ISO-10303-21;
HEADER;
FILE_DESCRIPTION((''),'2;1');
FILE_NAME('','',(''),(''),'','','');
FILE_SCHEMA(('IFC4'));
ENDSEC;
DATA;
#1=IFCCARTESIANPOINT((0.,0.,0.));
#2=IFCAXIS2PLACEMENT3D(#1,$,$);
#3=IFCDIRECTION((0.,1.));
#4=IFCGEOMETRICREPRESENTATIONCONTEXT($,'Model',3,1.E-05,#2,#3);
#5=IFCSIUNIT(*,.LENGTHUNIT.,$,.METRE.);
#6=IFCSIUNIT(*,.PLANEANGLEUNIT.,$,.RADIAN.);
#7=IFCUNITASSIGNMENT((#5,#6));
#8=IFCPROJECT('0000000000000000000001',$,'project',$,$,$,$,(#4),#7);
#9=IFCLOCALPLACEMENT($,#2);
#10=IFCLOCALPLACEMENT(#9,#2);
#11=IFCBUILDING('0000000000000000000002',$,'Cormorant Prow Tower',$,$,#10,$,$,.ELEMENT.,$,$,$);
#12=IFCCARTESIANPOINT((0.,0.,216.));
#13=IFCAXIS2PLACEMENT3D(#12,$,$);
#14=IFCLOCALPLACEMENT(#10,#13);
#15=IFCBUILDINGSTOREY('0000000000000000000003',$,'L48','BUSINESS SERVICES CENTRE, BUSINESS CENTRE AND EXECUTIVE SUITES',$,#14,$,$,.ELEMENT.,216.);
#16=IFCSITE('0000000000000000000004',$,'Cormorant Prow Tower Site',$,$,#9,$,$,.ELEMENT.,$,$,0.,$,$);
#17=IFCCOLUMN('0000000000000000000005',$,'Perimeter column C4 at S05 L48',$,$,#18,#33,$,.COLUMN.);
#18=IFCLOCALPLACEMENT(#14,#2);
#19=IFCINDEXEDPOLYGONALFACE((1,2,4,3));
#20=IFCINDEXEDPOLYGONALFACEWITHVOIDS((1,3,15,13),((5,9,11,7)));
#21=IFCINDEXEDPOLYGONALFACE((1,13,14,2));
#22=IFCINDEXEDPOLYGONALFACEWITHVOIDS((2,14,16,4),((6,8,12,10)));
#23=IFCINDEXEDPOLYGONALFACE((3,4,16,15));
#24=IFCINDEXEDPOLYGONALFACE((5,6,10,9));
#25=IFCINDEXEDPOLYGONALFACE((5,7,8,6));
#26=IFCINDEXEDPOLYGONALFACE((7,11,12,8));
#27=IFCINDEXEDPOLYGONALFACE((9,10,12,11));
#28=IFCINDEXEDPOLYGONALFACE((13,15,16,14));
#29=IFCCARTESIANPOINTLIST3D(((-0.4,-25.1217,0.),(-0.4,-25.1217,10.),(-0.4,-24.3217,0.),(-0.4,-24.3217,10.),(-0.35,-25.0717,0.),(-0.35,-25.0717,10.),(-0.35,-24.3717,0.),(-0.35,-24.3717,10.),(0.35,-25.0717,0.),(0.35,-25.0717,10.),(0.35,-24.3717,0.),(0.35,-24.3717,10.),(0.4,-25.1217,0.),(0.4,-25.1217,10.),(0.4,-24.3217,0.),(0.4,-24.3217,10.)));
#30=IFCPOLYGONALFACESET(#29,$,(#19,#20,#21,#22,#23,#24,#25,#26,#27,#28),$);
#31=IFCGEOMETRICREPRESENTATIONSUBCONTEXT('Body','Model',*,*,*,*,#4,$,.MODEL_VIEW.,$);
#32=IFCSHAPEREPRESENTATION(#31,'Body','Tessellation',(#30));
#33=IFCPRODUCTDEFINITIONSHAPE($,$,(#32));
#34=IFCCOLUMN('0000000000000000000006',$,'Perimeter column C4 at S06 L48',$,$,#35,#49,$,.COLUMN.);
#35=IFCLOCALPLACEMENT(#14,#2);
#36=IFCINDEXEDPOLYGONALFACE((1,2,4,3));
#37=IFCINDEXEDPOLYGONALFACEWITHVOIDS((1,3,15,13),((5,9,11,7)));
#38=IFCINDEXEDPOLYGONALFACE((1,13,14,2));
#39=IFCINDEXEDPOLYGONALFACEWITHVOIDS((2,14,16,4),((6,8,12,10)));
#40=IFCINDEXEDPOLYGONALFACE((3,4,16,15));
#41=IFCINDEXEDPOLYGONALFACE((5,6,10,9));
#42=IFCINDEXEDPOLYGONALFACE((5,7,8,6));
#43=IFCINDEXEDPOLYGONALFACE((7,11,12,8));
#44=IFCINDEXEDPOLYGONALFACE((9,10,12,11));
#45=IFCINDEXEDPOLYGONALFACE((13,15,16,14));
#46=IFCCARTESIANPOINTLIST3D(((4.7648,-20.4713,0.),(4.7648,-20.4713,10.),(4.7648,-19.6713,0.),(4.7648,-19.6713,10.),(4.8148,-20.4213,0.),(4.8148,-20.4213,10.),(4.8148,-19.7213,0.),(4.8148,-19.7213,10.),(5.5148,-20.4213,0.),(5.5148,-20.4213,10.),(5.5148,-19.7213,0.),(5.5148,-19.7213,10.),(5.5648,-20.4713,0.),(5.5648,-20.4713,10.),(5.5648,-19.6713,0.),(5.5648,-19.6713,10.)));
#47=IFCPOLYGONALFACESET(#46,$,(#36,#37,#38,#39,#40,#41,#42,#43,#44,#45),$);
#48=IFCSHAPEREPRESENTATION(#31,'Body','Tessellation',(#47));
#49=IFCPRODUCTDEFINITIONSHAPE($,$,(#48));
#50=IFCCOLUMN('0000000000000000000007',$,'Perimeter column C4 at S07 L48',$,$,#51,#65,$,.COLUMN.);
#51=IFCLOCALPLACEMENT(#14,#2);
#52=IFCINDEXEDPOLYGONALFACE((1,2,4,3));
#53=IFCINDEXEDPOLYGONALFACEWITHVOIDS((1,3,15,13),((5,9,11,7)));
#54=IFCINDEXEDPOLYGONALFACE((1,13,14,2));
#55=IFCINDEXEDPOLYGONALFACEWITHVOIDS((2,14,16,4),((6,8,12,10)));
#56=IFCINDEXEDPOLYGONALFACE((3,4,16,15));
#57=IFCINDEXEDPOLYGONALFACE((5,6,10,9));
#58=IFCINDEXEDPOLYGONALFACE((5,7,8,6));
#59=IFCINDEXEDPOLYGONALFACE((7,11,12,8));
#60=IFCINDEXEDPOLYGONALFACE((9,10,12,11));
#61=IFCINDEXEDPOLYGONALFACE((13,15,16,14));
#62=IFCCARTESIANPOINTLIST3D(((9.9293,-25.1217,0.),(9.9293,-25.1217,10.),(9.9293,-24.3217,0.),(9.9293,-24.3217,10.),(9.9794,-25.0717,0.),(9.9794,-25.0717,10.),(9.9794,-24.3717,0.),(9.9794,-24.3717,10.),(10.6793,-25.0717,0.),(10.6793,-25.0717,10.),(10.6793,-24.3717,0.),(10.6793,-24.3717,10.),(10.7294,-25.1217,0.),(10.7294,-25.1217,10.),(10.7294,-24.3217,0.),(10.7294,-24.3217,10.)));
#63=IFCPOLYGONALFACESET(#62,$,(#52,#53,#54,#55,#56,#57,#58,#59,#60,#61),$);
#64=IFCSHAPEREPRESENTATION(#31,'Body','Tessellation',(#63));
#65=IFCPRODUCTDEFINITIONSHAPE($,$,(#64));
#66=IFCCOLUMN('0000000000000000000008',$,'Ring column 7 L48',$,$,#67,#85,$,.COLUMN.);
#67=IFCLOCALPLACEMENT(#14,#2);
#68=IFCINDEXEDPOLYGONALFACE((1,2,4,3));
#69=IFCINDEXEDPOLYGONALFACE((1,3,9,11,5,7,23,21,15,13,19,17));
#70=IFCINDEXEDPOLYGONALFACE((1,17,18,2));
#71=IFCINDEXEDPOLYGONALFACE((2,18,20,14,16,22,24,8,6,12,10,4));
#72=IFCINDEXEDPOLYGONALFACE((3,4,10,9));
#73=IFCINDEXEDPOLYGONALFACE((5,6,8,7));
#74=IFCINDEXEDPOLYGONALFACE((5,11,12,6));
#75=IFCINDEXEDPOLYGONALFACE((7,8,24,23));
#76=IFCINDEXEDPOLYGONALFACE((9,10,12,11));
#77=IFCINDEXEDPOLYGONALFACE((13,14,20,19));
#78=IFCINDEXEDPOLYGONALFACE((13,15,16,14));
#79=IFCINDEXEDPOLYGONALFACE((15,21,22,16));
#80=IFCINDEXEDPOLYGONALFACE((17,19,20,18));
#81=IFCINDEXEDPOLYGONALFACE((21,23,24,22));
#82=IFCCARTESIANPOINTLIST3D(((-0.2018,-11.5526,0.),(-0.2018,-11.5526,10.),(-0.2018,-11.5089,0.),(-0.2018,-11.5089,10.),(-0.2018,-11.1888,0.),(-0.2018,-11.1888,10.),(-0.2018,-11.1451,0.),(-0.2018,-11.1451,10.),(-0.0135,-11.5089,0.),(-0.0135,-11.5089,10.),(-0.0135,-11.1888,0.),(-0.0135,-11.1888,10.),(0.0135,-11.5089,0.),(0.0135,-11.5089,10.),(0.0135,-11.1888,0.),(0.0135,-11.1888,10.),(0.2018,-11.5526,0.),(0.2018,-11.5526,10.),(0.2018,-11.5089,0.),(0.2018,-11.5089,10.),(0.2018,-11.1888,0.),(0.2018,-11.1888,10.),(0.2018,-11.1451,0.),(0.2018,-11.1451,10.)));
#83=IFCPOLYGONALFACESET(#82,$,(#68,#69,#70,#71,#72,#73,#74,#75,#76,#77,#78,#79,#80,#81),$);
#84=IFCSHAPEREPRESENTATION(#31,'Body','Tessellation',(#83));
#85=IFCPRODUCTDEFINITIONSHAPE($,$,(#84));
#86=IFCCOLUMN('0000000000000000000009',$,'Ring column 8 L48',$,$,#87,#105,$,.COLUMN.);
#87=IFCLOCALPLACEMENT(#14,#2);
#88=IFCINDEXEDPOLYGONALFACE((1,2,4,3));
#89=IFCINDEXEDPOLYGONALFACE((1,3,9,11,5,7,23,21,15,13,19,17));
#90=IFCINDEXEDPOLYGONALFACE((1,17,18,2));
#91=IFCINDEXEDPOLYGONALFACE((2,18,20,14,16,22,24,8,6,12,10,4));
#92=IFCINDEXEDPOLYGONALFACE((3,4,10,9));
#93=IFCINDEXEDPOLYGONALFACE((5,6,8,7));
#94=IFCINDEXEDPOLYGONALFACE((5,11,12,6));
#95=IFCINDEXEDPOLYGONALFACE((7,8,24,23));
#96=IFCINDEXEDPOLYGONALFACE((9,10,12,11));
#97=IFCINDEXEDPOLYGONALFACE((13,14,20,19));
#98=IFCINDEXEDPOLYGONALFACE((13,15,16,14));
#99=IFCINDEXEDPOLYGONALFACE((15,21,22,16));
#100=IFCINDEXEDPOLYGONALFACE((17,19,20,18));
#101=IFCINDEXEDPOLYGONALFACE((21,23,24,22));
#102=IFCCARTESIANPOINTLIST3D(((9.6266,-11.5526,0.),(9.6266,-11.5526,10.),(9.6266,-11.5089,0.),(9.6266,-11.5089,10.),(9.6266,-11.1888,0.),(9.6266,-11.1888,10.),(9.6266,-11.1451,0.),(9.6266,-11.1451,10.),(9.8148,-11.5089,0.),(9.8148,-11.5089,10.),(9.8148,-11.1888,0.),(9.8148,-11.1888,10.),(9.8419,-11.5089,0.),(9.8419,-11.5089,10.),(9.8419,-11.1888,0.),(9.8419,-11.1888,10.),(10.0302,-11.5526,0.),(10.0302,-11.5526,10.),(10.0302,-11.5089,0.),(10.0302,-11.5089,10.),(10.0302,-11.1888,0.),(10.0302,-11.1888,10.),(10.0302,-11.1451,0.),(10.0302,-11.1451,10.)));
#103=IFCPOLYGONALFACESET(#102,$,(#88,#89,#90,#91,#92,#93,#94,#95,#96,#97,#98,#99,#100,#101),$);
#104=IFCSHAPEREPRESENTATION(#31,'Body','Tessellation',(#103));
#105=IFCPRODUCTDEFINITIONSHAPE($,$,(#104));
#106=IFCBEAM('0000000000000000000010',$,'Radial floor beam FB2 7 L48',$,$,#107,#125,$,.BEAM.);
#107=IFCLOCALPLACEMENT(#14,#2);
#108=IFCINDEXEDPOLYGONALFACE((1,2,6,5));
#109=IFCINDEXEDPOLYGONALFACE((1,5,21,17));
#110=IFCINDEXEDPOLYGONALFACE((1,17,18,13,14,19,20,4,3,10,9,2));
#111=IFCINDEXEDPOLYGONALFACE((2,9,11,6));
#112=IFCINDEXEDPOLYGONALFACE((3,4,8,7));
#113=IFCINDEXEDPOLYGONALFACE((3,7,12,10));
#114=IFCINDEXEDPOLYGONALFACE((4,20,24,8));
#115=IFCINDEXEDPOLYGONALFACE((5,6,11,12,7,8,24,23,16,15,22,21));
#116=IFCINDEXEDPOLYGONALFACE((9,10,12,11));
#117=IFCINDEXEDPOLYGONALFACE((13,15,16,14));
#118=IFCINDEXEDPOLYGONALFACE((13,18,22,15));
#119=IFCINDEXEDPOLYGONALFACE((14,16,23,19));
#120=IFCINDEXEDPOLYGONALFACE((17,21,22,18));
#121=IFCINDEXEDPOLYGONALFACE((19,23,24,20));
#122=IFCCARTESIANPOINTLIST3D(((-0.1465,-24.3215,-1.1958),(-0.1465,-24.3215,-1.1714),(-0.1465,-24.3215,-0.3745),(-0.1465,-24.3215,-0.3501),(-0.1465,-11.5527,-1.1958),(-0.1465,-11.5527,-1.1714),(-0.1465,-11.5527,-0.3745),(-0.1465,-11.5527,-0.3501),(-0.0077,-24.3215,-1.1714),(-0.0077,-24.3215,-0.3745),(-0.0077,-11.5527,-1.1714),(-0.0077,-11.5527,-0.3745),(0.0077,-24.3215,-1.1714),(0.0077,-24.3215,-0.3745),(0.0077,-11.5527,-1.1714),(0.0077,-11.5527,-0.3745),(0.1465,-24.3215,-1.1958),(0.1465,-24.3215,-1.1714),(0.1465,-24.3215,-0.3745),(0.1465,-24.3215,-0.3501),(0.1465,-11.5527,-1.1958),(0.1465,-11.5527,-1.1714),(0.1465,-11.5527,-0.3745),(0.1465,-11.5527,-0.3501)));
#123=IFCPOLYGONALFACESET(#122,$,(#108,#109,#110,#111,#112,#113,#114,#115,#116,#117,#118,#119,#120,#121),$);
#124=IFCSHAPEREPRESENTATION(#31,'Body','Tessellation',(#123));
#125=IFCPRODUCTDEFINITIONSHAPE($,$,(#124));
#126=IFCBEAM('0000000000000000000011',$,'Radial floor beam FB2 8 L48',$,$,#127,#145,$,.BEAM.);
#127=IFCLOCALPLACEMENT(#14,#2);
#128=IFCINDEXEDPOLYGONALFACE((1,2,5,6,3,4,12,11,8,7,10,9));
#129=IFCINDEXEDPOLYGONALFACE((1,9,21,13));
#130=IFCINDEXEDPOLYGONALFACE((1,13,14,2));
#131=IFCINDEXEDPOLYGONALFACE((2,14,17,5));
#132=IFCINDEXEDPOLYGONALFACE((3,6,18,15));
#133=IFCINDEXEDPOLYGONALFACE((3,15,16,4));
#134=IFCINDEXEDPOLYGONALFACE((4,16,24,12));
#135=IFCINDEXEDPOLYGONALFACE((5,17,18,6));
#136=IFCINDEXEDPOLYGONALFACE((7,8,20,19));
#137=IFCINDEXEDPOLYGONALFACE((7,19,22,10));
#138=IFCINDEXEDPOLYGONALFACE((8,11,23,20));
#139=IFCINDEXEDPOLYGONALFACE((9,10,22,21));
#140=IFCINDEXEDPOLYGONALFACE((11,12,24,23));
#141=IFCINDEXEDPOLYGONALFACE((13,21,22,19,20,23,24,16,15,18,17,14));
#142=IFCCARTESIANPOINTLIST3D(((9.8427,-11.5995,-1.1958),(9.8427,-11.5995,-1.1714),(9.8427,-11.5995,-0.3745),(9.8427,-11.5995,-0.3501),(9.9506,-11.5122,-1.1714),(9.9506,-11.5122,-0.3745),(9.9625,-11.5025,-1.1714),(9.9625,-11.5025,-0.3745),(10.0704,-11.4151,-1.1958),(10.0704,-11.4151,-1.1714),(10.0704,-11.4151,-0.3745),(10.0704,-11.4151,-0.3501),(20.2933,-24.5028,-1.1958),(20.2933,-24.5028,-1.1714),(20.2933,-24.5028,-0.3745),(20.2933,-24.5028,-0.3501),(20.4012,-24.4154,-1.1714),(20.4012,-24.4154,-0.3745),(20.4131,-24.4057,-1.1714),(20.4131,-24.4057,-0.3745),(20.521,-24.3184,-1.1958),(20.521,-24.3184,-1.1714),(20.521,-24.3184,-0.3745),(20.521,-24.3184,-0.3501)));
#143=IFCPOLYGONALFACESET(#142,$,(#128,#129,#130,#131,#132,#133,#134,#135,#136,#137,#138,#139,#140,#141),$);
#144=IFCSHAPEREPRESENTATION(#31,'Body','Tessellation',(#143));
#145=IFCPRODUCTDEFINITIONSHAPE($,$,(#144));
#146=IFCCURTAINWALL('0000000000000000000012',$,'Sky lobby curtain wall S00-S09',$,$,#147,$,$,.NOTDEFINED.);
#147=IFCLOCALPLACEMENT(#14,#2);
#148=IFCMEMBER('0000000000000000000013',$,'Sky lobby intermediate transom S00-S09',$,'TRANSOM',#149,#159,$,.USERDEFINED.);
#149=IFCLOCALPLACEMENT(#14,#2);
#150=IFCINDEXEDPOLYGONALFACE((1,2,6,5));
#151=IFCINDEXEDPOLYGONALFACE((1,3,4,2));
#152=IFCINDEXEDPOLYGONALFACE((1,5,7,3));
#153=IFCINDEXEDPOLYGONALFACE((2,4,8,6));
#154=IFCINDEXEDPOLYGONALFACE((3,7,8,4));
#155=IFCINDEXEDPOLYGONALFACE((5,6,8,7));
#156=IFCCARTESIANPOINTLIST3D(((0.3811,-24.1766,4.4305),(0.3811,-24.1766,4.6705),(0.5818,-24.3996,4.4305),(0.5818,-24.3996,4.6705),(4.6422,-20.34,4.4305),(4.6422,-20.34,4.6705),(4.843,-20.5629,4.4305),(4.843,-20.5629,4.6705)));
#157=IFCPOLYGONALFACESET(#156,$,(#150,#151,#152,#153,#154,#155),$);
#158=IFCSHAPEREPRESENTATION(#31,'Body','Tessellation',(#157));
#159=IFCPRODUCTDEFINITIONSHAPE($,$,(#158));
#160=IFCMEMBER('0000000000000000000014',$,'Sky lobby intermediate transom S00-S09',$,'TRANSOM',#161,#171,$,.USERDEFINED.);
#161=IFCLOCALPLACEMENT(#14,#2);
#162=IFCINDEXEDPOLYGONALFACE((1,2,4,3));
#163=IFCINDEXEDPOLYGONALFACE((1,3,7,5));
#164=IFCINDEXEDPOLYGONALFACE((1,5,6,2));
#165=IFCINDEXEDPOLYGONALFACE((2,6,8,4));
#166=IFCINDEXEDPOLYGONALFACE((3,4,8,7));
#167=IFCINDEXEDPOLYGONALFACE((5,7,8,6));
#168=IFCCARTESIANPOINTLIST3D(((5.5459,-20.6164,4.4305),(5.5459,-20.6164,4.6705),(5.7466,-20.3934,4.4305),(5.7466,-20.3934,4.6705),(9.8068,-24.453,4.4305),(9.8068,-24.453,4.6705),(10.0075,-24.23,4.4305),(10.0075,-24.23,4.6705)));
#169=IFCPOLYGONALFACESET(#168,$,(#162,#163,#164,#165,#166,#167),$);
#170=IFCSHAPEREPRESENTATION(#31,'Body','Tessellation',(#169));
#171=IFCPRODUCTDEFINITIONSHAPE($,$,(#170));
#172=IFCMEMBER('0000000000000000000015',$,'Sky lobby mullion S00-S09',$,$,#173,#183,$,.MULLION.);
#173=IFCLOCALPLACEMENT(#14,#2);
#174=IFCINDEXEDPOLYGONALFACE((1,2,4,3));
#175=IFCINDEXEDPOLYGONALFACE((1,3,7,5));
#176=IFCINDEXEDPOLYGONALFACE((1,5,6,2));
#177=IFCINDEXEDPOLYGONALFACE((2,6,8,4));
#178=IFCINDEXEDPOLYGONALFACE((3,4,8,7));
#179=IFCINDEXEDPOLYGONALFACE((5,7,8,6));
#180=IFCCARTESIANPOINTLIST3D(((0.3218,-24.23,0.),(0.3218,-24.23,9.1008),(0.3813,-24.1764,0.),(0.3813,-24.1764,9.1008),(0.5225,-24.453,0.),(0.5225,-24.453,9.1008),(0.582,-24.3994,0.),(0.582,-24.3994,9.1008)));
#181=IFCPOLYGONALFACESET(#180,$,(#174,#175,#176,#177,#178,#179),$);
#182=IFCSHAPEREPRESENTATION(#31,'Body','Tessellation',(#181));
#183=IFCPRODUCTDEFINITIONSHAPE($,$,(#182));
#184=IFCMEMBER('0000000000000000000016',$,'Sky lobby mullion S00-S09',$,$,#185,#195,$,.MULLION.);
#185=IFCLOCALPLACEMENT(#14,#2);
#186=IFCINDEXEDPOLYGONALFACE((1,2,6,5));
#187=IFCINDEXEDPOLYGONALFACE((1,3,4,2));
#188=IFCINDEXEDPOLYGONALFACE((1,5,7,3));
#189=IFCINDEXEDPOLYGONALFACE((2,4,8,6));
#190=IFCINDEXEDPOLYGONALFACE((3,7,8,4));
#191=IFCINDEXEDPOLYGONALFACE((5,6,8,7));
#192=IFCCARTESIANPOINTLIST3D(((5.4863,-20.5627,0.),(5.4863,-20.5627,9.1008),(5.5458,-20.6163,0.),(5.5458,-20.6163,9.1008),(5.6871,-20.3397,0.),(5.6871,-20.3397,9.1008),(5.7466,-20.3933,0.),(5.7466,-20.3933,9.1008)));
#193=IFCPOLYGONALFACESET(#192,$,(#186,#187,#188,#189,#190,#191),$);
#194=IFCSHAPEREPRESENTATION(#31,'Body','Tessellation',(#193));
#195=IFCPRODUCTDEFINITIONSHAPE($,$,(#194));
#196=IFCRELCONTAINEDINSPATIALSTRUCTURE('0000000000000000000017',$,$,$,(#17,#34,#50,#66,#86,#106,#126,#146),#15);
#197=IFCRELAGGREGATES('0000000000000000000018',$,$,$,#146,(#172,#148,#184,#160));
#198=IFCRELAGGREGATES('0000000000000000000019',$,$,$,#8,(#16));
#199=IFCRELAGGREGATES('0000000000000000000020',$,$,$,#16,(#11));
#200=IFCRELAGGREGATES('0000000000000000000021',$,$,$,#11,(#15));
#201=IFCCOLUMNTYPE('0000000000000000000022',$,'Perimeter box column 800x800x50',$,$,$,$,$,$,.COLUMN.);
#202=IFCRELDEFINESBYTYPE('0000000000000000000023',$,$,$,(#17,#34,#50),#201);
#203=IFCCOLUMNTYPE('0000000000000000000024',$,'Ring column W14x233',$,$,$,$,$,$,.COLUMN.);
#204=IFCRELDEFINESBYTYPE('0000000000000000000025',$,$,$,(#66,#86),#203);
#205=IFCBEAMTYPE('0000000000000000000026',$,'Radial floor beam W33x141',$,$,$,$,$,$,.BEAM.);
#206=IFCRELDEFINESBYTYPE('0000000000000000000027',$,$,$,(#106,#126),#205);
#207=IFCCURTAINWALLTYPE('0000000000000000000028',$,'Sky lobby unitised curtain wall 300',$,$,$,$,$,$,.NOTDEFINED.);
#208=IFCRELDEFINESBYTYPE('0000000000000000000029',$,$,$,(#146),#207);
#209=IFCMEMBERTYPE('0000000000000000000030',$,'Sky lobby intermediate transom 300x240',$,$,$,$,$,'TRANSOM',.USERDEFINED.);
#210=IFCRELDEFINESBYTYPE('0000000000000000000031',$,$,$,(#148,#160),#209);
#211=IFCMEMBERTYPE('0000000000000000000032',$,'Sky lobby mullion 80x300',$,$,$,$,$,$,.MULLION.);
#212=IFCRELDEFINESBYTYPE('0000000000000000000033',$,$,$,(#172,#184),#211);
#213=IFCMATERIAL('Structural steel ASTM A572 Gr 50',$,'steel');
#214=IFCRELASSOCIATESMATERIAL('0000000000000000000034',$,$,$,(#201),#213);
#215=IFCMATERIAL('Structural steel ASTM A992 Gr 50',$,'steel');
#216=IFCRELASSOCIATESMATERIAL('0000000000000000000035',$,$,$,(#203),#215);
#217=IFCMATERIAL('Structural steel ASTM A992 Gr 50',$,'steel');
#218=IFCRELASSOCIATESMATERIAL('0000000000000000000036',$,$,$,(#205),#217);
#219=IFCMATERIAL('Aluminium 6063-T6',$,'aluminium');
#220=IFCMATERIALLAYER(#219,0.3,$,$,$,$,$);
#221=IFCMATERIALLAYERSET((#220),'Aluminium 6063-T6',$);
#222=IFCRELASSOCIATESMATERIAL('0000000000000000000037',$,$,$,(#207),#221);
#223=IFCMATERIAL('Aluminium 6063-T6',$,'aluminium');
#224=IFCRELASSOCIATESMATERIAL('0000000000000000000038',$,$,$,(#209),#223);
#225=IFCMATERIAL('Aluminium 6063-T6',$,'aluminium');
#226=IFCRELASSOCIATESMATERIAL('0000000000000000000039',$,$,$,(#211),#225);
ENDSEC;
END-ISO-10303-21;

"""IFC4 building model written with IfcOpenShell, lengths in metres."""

from ifc_helpers import new_model, si_unit, direction, frame, origin, origin_2d, place, context, subcontext, project, spatial, rectangle, hollow_rectangle, i_section, extrude, material, layer, layer_set, material_profile, profile_set, type_object, element, aggregate, save


model = new_model("IFC4")

# Units and contexts
model_context = context("Model", 3, precision=1e-05, world=origin(), true_north=direction((0.0, 1.0)))
body_context = subcontext(model_context, "Body", "Model", "MODEL_VIEW")
ifc_project = project(units=[si_unit("LENGTHUNIT", "METRE"), si_unit("PLANEANGLEUNIT", "RADIAN")], contexts=[model_context])

# Site, building, storey
site_placement = place(None, origin())
site = spatial("IfcSite", under=ifc_project, at=site_placement, Name="Cormorant Prow Tower Site", CompositionType="ELEMENT", RefElevation=0.0)
building_placement = place(site_placement, origin())
building = spatial("IfcBuilding", under=site, at=building_placement, Name="Cormorant Prow Tower", CompositionType="ELEMENT")
storey_placement = place(building_placement, frame((0.0, 0.0, 216.0)))
storey = spatial("IfcBuildingStorey", under=building, at=storey_placement, Name="L48", Description="BUSINESS SERVICES CENTRE, BUSINESS CENTRE AND EXECUTIVE SUITES", CompositionType="ELEMENT", Elevation=216.0)

# Columns
ifc_material_1 = material(Name="Structural steel ASTM A572 Gr 50", Category="steel")
ifc_material_profile_1 = material_profile(ifc_material_1, hollow_rectangle(XDim=0.8, YDim=0.8, WallThickness=0.05, at=origin_2d()), Name="Box 800x800x50")
ifc_profile_set_1 = profile_set([ifc_material_profile_1], Name="Structural steel ASTM A572 Gr 50")
column_type_1 = type_object("IfcColumnType", Name="Perimeter box column 800x800x50", PredefinedType="COLUMN", material=ifc_profile_set_1)
for number, where, z_axis, x_axis, name in (
    (1, (0.0, -24.7217, 0.0), (0.0, 0.0, 1.0), (1.0, 0.0, 0.0), "Perimeter column C4 at S05 L48"),
    (2, (5.1648, -20.0713, 0.0), (0.0, 0.0, 1.0), (1.0, 0.0, 0.0), "Perimeter column C4 at S06 L48"),
    (3, (10.3293, -24.7217, 0.0), (0.0, 0.0, 1.0), (1.0, 0.0, 0.0), "Perimeter column C4 at S07 L48"),
):
    element("IfcColumn", number, at=place(storey_placement, frame(where, z_axis=z_axis, x_axis=x_axis)), inside=storey, type_object=column_type_1, Name=name, PredefinedType="COLUMN", context=body_context, shape_type="SweptSolid", body=[
        extrude(hollow_rectangle(XDim=0.8, YDim=0.8, WallThickness=0.05, at=origin_2d()), origin(), (0.0, 0.0, 1.0), 10.0),
    ])
ifc_material_2 = material(Name="Structural steel ASTM A992 Gr 50", Category="steel")
ifc_material_profile_2 = material_profile(ifc_material_2, i_section(OverallWidth=0.4036, OverallDepth=0.4075, WebThickness=0.0271, FlangeThickness=0.0437, at=origin_2d()), Name="W14x233")
ifc_profile_set_2 = profile_set([ifc_material_profile_2], Name="Structural steel ASTM A992 Gr 50")
column_type_2 = type_object("IfcColumnType", Name="Ring column W14x233", PredefinedType="COLUMN", material=ifc_profile_set_2)
for number, where, z_axis, x_axis, name in (
    (4, (0.0, -11.3489, 0.0), (0.0, 0.0, 1.0), (1.0, 0.0, 0.0), "Ring column 7 L48"),
    (5, (9.8284, -11.3489, 0.0), (0.0, 0.0, 1.0), (1.0, 0.0, 0.0), "Ring column 8 L48"),
):
    element("IfcColumn", number, at=place(storey_placement, frame(where, z_axis=z_axis, x_axis=x_axis)), inside=storey, type_object=column_type_2, Name=name, PredefinedType="COLUMN", context=body_context, shape_type="SweptSolid", body=[
        extrude(i_section(OverallWidth=0.4036, OverallDepth=0.4075, WebThickness=0.0271, FlangeThickness=0.0437, at=origin_2d()), origin(), (0.0, 0.0, 1.0), 10.0),
    ])

# Beams
ifc_material_3 = material(Name="Structural steel ASTM A992 Gr 50", Category="steel")
ifc_material_profile_3 = material_profile(ifc_material_3, i_section(OverallWidth=0.293, OverallDepth=0.8457, WebThickness=0.0154, FlangeThickness=0.0244, at=origin_2d()), Name="W33x141")
ifc_profile_set_3 = profile_set([ifc_material_profile_3], Name="Structural steel ASTM A992 Gr 50")
beam_type_1 = type_object("IfcBeamType", Name="Radial floor beam W33x141", PredefinedType="BEAM", material=ifc_profile_set_3)
beam_1_placement = place(storey_placement, frame((0.0, -11.5527, -0.7729), z_axis=(0.0, -1.0, 0.0), x_axis=(1.0, 0.0, 0.0)))
element("IfcBeam", 6, at=beam_1_placement, inside=storey, type_object=beam_type_1, Name="Radial floor beam FB2 7 L48", PredefinedType="BEAM", context=body_context, shape_type="SweptSolid", body=[
    extrude(i_section(OverallWidth=0.293, OverallDepth=0.8457, WebThickness=0.0154, FlangeThickness=0.0244, at=origin_2d()), origin(), (0.0, 0.0, 1.0), 12.7688),
])
beam_2_placement = place(storey_placement, frame((9.9565, -11.5073, -0.7729), z_axis=(0.629385, -0.777094, 0.0), x_axis=(0.777094, 0.629385, 0.0)))
element("IfcBeam", 7, at=beam_2_placement, inside=storey, type_object=beam_type_1, Name="Radial floor beam FB2 8 L48", PredefinedType="BEAM", context=body_context, shape_type="SweptSolid", body=[
    extrude(i_section(OverallWidth=0.293, OverallDepth=0.8457, WebThickness=0.0154, FlangeThickness=0.0244, at=origin_2d()), origin(), (0.0, 0.0, 1.0), 16.6045),
])

# Curtain wall, members
ifc_material_4 = material(Name="Aluminium 6063-T6", Category="aluminium")
ifc_layer_1 = layer(ifc_material_4, 0.3)
ifc_layer_set_1 = layer_set([ifc_layer_1], Name="Aluminium 6063-T6")
curtain_wall_type = type_object("IfcCurtainWallType", Name="Sky lobby unitised curtain wall 300", PredefinedType="NOTDEFINED", material=ifc_layer_set_1)
curtain_wall_placement = place(storey_placement, origin())
curtain_wall = element("IfcCurtainWall", 8, at=curtain_wall_placement, inside=storey, type_object=curtain_wall_type, Name="Sky lobby curtain wall S00-S09", PredefinedType="NOTDEFINED")
ifc_material_5 = material(Name="Aluminium 6063-T6", Category="aluminium")
ifc_material_profile_4 = material_profile(ifc_material_5, rectangle(XDim=0.3, YDim=0.24, at=origin_2d()), Name="Sky lobby intermediate transom 300x240")
ifc_profile_set_4 = profile_set([ifc_material_profile_4], Name="Aluminium 6063-T6")
member_type_1 = type_object("IfcMemberType", Name="Sky lobby intermediate transom 300x240", ElementType="TRANSOM", PredefinedType="USERDEFINED", material=ifc_profile_set_4)
member_1_placement = place(storey_placement, frame((0.4814, -24.2881, 4.5505), z_axis=(0.743159, 0.669115, 0.0), x_axis=(-0.669115, 0.743159, 0.0)))
member_1 = element("IfcMember", 9, at=member_1_placement, type_object=member_type_1, Name="Sky lobby intermediate transom S00-S09", ObjectType="TRANSOM", PredefinedType="USERDEFINED", context=body_context, shape_type="SweptSolid", body=[
    extrude(rectangle(XDim=0.3, YDim=0.24, at=origin_2d()), origin(), (0.0, 0.0, 1.0), 5.7339),
])
member_2_placement = place(storey_placement, frame((5.6462, -20.5049, 4.5505), z_axis=(0.74314, -0.669136, 0.0), x_axis=(0.669136, 0.74314, 0.0)))
member_2 = element("IfcMember", 10, at=member_2_placement, type_object=member_type_1, Name="Sky lobby intermediate transom S00-S09", ObjectType="TRANSOM", PredefinedType="USERDEFINED", context=body_context, shape_type="SweptSolid", body=[
    extrude(rectangle(XDim=0.3, YDim=0.24, at=origin_2d()), origin(), (0.0, 0.0, 1.0), 5.7336),
])
ifc_material_6 = material(Name="Aluminium 6063-T6", Category="aluminium")
ifc_material_profile_5 = material_profile(ifc_material_6, rectangle(XDim=0.3, YDim=0.0801, at=origin_2d()), Name="Sky lobby mullion 80x300")
ifc_profile_set_5 = profile_set([ifc_material_profile_5], Name="Aluminium 6063-T6")
member_type_2 = type_object("IfcMemberType", Name="Sky lobby mullion 80x300", PredefinedType="MULLION", material=ifc_profile_set_5)
member_3_placement = place(storey_placement, frame((0.4519, -24.3147, 0.0), z_axis=(0.0, 0.0, 1.0), x_axis=(-0.669131, 0.743145, 0.0)))
member_3 = element("IfcMember", 11, at=member_3_placement, type_object=member_type_2, Name="Sky lobby mullion S00-S09", PredefinedType="MULLION", context=body_context, shape_type="SweptSolid", body=[
    extrude(rectangle(XDim=0.3, YDim=0.0801, at=origin_2d()), origin(), (0.0, 0.0, 1.0), 9.1008),
])
member_4_placement = place(storey_placement, frame((5.6165, -20.478, 0.0), z_axis=(0.0, 0.0, 1.0), x_axis=(0.669131, 0.743145, 0.0)))
member_4 = element("IfcMember", 12, at=member_4_placement, type_object=member_type_2, Name="Sky lobby mullion S00-S09", PredefinedType="MULLION", context=body_context, shape_type="SweptSolid", body=[
    extrude(rectangle(XDim=0.3, YDim=0.0801, at=origin_2d()), origin(), (0.0, 0.0, 1.0), 9.1008),
])

aggregate(curtain_wall, [member_3, member_1, member_4, member_2])

save(model, "model.ifc")
